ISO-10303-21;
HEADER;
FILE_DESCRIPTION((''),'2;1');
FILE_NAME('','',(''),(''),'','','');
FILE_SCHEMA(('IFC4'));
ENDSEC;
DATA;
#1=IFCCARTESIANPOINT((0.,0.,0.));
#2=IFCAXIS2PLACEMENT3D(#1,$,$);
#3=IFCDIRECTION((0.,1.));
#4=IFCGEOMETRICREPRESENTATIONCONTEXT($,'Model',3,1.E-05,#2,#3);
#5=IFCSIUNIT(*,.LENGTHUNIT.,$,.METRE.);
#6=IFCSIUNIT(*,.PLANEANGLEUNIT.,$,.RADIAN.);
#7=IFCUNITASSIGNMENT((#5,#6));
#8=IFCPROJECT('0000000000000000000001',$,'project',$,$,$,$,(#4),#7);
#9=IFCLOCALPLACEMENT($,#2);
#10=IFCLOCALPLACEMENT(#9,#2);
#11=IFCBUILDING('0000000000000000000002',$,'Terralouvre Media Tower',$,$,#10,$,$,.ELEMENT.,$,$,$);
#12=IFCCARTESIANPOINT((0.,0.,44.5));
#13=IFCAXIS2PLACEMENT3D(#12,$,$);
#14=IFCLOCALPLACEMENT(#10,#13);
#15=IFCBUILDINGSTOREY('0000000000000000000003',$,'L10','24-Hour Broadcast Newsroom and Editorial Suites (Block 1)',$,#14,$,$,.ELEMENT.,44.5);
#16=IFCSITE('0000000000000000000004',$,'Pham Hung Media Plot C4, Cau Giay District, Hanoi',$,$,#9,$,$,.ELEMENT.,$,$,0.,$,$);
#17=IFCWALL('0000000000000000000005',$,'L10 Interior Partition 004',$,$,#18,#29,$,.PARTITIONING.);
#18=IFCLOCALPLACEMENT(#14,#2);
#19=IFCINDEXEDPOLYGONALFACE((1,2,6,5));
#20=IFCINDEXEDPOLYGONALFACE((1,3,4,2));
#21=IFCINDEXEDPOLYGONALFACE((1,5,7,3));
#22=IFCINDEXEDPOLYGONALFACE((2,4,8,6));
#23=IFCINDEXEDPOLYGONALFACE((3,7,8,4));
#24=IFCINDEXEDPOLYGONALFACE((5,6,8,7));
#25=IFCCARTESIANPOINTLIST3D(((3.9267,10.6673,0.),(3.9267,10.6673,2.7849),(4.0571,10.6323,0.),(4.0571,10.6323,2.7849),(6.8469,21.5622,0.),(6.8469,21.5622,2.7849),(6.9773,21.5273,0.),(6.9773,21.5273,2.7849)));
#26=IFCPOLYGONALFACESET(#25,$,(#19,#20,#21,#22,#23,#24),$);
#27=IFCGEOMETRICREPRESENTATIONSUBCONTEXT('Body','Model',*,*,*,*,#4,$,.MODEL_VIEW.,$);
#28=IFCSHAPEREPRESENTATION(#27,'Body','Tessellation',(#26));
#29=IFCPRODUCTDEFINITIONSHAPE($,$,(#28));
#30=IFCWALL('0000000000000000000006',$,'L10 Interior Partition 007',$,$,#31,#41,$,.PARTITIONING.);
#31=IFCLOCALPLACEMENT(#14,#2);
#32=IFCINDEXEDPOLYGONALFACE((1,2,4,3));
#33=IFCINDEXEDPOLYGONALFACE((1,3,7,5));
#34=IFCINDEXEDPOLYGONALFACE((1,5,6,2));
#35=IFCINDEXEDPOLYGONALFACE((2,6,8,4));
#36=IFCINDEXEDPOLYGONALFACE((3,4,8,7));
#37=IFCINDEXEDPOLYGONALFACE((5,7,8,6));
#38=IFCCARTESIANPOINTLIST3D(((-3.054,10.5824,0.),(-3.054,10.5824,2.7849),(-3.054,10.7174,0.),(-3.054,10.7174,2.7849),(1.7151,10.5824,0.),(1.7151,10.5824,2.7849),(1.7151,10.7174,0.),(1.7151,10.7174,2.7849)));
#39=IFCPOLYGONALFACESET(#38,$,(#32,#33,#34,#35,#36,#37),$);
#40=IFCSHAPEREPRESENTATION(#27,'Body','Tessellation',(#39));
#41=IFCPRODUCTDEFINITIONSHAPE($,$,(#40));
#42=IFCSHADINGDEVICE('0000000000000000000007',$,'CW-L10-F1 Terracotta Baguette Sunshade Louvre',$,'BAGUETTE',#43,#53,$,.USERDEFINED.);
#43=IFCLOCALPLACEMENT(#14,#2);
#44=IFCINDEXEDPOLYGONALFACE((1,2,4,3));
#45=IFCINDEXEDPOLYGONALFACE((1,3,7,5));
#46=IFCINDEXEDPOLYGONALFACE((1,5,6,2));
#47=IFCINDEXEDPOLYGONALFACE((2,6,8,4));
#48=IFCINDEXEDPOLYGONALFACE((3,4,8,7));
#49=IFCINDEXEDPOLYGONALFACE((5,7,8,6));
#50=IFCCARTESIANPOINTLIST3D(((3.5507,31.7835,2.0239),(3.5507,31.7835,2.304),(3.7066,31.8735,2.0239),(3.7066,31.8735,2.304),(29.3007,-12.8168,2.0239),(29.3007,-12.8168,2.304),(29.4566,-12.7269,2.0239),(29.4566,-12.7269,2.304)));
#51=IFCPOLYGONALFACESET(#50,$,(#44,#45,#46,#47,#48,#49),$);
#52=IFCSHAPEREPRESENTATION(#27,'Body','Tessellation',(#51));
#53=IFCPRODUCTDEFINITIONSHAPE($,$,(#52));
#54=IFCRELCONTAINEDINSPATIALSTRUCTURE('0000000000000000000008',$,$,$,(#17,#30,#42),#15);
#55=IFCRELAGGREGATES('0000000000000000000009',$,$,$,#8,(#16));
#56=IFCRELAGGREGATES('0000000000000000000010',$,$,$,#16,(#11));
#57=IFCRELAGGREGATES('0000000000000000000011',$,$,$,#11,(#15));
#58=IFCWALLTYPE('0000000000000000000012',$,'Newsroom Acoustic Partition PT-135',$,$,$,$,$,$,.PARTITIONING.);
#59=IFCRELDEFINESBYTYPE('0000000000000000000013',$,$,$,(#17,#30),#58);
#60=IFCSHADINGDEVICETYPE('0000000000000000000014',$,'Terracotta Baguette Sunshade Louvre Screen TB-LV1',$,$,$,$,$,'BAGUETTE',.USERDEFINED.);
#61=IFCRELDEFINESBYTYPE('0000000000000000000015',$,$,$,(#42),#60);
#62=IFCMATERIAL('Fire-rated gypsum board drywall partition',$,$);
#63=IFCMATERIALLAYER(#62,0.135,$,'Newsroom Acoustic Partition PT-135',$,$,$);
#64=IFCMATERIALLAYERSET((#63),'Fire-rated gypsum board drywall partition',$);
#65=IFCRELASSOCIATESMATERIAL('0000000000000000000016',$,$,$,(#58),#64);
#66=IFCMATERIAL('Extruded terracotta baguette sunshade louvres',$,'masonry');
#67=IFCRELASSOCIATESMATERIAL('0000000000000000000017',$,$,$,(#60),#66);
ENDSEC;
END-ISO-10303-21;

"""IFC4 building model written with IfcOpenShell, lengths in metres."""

from ifc_helpers import new_model, si_unit, direction, frame, frame_2d, origin, origin_2d, place, context, subcontext, project, spatial, rectangle, extrude, material, layer, layer_set, type_object, element, save


model = new_model("IFC4")

# Units and contexts
model_context = context("Model", 3, precision=1e-05, world=origin(), true_north=direction((0.0, 1.0)))
body_context = subcontext(model_context, "Body", "Model", "MODEL_VIEW")
ifc_project = project(units=[si_unit("LENGTHUNIT", "METRE"), si_unit("PLANEANGLEUNIT", "RADIAN")], contexts=[model_context])

# Site, building, storey
site_placement = place(None, origin())
site = spatial("IfcSite", under=ifc_project, at=site_placement, Name="Pham Hung Media Plot C4, Cau Giay District, Hanoi", CompositionType="ELEMENT", RefElevation=0.0)
building_placement = place(site_placement, origin())
building = spatial("IfcBuilding", under=site, at=building_placement, Name="Terralouvre Media Tower", CompositionType="ELEMENT")
storey_placement = place(building_placement, frame((0.0, 0.0, 44.5)))
storey = spatial("IfcBuildingStorey", under=building, at=storey_placement, Name="L10", Description="24-Hour Broadcast Newsroom and Editorial Suites (Block 1)", CompositionType="ELEMENT", Elevation=44.5)

# Walls
ifc_material_1 = material(Name="Fire-rated gypsum board drywall partition")
ifc_layer_1 = layer(ifc_material_1, 0.135, Name="Newsroom Acoustic Partition PT-135")
ifc_layer_set_1 = layer_set([ifc_layer_1], Name="Fire-rated gypsum board drywall partition")
wall_type = type_object("IfcWallType", Name="Newsroom Acoustic Partition PT-135", PredefinedType="PARTITIONING", material=ifc_layer_set_1)
wall_1_placement = place(storey_placement, frame((3.9919, 10.6499, 0.0), z_axis=(0.0, 0.0, 1.0), x_axis=(0.25889, 0.965907, 0.0)))
element("IfcWall", 1, at=wall_1_placement, inside=storey, type_object=wall_type, Name="L10 Interior Partition 004", PredefinedType="PARTITIONING", context=body_context, shape_type="SweptSolid", body=[
    extrude(rectangle(XDim=11.2795, YDim=0.135, at=frame_2d((5.6396, 0.0))), origin(), (0.0, 0.0, 1.0), 2.7849),
])
wall_2_placement = place(storey_placement, frame((1.7151, 10.6499, 0.0), z_axis=(0.0, 0.0, 1.0), x_axis=(-1.0, 0.0, 0.0)))
element("IfcWall", 2, at=wall_2_placement, inside=storey, type_object=wall_type, Name="L10 Interior Partition 007", PredefinedType="PARTITIONING", context=body_context, shape_type="SweptSolid", body=[
    extrude(rectangle(XDim=4.769, YDim=0.135, at=frame_2d((2.3845, 0.0))), origin(), (0.0, 0.0, 1.0), 2.7849),
])

# Shading device
ifc_material_2 = material(Name="Extruded terracotta baguette sunshade louvres", Category="masonry")
shading_device_type = type_object("IfcShadingDeviceType", Name="Terracotta Baguette Sunshade Louvre Screen TB-LV1", ElementType="BAGUETTE", PredefinedType="USERDEFINED", material=ifc_material_2)
shading_device_placement = place(storey_placement, frame((16.5037, 9.5283, 2.0239), z_axis=(0.0, 0.0, 1.0), x_axis=(-0.5, 0.866025, 0.0)))
element("IfcShadingDevice", 3, at=shading_device_placement, inside=storey, type_object=shading_device_type, Name="CW-L10-F1 Terracotta Baguette Sunshade Louvre", ObjectType="BAGUETTE", PredefinedType="USERDEFINED", context=body_context, shape_type="SweptSolid", body=[
    extrude(rectangle(XDim=51.5, YDim=0.1799, at=origin_2d()), origin(), (0.0, 0.0, 1.0), 0.28),
])

save(model, "model.ifc")
